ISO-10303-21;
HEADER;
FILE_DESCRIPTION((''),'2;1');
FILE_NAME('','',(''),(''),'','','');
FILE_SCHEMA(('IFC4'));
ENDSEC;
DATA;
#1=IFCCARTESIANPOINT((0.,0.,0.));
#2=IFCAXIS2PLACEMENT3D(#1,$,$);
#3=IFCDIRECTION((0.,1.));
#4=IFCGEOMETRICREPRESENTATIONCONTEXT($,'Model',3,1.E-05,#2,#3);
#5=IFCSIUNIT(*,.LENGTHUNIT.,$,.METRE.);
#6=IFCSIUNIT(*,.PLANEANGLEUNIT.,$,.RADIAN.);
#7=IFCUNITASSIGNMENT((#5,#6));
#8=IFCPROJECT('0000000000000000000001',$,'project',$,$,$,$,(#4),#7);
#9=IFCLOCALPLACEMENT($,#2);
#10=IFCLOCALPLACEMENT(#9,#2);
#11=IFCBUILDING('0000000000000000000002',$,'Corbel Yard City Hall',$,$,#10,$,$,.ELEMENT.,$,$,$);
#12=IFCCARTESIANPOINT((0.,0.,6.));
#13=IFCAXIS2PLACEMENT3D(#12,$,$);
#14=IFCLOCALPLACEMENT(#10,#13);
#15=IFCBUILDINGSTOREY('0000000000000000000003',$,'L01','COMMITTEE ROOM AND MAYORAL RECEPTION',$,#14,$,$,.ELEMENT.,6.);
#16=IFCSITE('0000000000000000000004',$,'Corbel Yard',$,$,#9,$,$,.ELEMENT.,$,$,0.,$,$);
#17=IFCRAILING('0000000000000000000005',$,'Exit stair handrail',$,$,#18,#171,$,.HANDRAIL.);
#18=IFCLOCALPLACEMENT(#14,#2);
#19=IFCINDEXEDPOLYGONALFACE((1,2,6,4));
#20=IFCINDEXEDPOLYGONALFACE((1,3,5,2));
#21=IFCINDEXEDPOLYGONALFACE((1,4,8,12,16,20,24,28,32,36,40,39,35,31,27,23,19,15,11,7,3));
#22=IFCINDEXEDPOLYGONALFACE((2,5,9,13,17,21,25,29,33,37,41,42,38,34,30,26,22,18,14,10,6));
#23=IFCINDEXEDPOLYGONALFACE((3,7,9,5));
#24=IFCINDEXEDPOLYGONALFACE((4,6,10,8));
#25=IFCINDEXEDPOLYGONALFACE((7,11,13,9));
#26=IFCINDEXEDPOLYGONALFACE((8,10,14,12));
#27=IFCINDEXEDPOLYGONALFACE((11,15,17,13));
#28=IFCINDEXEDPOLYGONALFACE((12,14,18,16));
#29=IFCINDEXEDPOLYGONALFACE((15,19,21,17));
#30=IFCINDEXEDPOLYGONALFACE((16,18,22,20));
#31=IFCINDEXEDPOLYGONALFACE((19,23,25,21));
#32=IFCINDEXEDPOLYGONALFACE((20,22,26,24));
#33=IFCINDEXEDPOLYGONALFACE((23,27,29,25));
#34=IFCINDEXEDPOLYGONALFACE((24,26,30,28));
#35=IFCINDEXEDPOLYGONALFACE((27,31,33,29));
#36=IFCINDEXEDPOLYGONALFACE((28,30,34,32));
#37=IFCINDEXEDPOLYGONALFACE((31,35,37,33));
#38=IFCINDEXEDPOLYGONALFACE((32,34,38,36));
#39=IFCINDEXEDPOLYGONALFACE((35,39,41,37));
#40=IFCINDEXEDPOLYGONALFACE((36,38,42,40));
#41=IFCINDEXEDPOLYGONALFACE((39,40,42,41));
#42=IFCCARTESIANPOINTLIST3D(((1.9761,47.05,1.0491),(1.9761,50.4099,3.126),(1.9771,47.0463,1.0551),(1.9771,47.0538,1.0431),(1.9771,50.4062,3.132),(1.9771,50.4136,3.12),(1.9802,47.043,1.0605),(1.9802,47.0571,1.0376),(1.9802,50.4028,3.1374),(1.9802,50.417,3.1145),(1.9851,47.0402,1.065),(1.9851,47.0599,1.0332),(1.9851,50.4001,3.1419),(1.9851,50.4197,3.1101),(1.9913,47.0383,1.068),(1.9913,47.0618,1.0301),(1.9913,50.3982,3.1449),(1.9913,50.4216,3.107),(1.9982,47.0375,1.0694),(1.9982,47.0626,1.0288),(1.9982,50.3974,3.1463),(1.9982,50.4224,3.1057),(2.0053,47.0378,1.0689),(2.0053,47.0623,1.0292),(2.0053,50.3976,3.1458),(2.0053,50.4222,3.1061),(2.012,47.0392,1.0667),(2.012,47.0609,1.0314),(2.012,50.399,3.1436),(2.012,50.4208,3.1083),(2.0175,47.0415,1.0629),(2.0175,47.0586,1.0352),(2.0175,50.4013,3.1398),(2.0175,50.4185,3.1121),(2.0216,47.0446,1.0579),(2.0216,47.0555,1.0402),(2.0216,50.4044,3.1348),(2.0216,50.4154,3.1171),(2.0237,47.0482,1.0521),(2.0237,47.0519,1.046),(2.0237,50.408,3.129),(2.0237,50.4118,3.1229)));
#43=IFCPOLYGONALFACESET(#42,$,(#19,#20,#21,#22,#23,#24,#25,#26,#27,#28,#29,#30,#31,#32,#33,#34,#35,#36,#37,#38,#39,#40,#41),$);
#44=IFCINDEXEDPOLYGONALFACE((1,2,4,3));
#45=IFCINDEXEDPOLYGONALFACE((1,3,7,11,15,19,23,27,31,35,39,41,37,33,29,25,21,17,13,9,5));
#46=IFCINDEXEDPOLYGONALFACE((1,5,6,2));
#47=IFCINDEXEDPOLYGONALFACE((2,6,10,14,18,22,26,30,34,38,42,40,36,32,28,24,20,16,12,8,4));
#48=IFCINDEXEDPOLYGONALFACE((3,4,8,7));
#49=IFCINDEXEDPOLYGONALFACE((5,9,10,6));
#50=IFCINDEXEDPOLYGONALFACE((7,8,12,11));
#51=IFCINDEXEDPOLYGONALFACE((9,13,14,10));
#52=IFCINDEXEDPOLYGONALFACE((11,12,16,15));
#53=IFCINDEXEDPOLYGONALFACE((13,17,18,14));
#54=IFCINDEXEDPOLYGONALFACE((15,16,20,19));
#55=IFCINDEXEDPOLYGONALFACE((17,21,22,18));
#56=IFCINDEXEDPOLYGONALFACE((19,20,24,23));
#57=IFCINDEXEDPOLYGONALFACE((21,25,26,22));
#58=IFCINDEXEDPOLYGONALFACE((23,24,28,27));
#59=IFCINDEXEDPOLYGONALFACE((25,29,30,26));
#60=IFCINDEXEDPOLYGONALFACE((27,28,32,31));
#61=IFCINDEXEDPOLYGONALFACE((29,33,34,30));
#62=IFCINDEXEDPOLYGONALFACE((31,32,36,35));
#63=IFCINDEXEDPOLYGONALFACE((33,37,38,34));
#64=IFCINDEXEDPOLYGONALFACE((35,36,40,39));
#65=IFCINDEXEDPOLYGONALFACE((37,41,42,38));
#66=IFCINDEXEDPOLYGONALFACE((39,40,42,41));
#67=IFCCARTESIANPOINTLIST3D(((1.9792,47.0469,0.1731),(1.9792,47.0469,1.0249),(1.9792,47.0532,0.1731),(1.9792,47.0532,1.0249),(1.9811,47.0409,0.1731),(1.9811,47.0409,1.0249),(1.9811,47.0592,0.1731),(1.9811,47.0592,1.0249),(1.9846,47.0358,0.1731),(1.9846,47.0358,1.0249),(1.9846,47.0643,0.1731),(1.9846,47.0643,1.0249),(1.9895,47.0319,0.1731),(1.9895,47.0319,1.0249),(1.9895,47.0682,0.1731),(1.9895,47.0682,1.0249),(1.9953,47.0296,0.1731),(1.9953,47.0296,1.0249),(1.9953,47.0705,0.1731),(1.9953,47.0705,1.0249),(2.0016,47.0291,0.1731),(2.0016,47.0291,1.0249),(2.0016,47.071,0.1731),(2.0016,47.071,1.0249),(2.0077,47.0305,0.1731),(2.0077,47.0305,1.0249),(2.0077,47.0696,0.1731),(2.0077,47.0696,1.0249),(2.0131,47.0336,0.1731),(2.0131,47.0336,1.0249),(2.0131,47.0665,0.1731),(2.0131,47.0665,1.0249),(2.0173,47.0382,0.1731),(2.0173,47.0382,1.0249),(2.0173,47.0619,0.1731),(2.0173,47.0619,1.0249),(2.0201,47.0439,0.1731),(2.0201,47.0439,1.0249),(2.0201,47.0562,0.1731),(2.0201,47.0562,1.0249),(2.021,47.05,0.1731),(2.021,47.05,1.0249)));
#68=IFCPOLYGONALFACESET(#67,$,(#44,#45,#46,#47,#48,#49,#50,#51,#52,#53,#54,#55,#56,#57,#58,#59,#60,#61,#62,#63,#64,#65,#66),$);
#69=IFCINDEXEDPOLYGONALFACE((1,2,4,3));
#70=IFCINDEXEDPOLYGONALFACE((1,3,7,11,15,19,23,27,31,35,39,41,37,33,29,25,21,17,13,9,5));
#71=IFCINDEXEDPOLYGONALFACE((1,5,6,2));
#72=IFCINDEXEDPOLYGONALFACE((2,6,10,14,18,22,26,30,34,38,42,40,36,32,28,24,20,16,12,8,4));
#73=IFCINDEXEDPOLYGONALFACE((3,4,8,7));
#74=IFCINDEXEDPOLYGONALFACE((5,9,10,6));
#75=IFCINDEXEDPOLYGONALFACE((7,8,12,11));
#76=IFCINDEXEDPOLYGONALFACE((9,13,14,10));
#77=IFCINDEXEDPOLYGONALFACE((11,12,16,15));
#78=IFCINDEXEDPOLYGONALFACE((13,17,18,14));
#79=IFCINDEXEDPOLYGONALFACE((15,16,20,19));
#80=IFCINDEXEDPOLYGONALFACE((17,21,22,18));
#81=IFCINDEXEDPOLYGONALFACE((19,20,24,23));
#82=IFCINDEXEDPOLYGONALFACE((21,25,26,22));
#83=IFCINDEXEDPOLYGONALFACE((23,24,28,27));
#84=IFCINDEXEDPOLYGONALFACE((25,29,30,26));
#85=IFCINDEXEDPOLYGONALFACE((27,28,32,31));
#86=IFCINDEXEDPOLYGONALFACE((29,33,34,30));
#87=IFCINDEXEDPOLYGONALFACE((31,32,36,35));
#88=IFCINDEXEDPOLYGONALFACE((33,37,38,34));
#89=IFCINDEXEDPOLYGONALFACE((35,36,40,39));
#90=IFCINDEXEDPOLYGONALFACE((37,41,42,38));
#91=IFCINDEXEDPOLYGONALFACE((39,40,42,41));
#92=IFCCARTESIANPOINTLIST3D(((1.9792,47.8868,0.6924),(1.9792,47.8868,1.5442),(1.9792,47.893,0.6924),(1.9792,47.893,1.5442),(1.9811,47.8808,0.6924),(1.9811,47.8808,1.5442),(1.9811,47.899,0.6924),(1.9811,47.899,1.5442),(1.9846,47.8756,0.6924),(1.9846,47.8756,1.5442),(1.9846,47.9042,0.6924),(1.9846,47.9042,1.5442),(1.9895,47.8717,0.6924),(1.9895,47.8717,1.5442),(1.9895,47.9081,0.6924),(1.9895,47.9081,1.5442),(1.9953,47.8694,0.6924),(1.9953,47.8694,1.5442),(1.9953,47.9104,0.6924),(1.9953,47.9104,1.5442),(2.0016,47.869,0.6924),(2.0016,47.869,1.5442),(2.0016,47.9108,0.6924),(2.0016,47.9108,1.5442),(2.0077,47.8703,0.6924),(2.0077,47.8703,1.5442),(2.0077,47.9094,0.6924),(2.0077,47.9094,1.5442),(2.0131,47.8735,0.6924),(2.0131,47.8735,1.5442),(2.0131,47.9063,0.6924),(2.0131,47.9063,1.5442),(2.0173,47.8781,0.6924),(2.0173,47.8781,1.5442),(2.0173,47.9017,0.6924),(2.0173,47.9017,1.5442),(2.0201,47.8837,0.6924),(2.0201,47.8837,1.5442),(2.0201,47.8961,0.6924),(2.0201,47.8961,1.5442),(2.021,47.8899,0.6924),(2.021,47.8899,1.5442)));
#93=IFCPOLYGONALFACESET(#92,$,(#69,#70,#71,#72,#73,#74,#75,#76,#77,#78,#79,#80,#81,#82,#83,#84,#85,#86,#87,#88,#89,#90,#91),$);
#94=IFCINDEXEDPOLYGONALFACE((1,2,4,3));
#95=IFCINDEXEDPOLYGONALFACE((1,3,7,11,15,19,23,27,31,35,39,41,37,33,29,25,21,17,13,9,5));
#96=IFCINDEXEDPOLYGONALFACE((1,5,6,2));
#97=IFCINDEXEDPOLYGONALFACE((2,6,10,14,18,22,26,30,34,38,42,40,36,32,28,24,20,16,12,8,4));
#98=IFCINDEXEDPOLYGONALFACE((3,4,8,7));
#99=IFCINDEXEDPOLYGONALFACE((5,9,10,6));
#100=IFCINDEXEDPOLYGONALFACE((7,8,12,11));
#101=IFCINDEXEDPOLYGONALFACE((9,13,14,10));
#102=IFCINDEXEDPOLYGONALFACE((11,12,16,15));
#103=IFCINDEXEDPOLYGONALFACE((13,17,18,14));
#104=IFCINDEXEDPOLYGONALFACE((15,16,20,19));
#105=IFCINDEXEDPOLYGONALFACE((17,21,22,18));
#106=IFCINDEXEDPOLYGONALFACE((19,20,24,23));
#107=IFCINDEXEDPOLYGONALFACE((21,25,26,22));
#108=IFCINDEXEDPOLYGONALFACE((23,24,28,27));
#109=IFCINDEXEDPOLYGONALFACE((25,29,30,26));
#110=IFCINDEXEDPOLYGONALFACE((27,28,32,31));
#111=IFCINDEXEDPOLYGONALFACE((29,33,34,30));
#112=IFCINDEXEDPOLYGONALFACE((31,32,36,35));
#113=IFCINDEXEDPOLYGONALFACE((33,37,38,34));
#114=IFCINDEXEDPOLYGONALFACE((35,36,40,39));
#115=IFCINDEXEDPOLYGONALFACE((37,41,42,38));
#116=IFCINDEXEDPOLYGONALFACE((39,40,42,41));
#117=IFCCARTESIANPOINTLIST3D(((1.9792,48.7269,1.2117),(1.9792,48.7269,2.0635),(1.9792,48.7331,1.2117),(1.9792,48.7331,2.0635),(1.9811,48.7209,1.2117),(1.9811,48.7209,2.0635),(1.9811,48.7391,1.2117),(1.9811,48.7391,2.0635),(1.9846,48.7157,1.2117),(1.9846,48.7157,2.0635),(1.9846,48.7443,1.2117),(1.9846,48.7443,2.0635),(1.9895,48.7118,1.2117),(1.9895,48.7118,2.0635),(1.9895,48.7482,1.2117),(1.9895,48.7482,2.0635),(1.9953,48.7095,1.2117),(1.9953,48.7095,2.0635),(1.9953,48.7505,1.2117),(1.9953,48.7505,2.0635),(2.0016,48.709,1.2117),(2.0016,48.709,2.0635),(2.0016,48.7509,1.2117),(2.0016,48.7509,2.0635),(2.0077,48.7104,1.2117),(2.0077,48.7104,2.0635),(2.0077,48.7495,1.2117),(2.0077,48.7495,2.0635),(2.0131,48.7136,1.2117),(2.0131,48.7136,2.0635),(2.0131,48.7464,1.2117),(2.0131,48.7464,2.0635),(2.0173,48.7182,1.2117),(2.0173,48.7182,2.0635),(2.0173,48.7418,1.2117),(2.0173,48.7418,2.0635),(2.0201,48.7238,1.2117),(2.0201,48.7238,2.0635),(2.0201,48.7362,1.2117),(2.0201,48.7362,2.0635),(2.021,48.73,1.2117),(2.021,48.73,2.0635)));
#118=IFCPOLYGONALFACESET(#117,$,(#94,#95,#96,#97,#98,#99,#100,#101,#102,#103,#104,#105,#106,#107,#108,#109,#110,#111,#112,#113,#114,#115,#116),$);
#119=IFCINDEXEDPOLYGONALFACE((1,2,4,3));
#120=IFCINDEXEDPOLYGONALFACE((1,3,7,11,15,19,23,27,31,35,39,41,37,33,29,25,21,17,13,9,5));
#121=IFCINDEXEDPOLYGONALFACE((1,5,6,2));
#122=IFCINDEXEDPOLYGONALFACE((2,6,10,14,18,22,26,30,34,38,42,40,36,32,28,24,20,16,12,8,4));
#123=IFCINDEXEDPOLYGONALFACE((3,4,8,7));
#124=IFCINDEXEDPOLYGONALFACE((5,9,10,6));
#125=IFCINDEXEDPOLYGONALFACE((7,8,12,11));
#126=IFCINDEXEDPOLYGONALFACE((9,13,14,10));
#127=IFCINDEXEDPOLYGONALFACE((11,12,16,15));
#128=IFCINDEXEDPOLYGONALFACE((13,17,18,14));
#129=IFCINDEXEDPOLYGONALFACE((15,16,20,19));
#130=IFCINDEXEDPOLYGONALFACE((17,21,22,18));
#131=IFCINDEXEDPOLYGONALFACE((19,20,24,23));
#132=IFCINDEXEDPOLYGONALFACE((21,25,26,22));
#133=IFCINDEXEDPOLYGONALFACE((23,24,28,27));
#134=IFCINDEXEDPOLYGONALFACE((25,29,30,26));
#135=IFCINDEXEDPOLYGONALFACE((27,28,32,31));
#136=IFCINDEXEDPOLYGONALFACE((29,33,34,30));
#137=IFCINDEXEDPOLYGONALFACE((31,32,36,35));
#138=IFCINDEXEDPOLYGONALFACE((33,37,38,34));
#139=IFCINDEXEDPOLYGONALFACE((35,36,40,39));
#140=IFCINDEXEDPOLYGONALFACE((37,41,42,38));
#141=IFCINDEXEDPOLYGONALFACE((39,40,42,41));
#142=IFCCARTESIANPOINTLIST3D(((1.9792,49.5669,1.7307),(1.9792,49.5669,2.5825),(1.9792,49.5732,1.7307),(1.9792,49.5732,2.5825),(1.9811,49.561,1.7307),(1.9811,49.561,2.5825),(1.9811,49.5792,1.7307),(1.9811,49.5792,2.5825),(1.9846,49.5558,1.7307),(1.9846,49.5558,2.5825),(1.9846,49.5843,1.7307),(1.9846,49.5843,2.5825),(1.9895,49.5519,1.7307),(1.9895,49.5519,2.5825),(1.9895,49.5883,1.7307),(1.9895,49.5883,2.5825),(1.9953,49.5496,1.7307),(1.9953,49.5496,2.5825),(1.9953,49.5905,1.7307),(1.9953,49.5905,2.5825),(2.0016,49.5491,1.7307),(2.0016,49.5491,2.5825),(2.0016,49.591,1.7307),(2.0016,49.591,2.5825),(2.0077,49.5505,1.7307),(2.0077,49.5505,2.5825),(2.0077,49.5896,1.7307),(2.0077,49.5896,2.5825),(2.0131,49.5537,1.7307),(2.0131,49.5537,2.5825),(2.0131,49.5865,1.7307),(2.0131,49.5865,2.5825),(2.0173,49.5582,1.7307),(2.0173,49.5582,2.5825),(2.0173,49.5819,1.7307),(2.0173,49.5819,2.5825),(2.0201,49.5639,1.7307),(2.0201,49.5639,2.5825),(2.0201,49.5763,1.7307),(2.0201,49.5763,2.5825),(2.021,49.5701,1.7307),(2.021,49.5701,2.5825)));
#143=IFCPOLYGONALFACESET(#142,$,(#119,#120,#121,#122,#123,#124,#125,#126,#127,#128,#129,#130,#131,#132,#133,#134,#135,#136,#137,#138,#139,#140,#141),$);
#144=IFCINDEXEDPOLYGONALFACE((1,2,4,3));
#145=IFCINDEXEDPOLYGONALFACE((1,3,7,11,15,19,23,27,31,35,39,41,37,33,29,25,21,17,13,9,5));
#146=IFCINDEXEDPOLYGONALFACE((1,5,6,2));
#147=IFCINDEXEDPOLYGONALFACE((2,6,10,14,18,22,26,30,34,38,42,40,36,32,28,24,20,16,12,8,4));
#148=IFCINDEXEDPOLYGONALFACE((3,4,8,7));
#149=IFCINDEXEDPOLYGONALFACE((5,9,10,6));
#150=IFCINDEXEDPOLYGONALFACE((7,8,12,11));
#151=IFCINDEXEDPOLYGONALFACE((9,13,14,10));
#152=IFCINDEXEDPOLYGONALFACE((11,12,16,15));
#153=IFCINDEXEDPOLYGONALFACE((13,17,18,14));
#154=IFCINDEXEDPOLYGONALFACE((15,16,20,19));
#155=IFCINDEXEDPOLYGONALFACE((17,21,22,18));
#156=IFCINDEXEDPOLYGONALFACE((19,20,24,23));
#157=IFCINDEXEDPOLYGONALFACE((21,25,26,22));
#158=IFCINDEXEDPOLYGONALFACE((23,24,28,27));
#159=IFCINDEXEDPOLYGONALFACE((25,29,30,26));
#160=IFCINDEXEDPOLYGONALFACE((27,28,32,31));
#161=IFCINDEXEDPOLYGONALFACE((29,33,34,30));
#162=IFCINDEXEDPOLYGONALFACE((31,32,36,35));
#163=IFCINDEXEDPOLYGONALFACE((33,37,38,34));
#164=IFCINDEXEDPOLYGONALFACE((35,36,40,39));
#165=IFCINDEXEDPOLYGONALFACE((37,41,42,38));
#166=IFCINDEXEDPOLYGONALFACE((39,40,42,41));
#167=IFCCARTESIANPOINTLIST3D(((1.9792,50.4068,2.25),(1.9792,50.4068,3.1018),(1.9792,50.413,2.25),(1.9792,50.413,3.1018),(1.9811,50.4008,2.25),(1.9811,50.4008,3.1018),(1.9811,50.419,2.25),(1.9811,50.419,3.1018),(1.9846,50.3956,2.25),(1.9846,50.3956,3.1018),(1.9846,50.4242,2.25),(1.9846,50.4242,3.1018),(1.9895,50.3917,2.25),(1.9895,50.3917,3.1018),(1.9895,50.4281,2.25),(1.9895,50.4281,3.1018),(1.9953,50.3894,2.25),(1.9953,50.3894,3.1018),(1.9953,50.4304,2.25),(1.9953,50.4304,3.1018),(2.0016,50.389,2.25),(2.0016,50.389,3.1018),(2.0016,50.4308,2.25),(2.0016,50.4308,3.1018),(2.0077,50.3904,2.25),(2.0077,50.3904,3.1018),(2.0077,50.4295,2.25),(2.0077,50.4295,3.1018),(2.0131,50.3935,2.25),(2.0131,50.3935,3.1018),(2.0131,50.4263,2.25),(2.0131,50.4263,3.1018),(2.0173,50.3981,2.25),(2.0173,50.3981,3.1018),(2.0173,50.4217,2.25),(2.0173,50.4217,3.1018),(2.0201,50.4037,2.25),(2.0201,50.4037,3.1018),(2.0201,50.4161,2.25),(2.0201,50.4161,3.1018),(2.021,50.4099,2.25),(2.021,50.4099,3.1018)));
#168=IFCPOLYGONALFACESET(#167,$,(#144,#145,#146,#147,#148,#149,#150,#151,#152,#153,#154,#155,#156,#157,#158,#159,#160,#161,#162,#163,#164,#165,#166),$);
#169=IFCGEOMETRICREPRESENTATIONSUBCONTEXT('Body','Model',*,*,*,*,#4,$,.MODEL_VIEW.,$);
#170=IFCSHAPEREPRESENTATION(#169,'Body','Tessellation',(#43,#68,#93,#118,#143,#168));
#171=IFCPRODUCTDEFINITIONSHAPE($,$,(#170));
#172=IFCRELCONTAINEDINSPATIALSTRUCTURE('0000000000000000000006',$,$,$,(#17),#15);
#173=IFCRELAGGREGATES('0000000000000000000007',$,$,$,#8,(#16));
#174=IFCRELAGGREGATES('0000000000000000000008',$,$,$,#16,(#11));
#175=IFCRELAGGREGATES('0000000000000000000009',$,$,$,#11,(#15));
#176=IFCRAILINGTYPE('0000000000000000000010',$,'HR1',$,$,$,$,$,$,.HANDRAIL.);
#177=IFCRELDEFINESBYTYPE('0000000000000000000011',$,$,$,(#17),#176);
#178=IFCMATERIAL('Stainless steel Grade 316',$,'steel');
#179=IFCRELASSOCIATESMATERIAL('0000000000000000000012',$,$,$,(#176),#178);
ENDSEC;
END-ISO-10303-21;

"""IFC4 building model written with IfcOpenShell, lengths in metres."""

from ifc_helpers import new_model, si_unit, direction, frame, origin, origin_2d, place, context, subcontext, project, spatial, circle, extrude, material, type_object, element, save


model = new_model("IFC4")

# Units and contexts
model_context = context("Model", 3, precision=1e-05, world=origin(), true_north=direction((0.0, 1.0)))
body_context = subcontext(model_context, "Body", "Model", "MODEL_VIEW")
ifc_project = project(units=[si_unit("LENGTHUNIT", "METRE"), si_unit("PLANEANGLEUNIT", "RADIAN")], contexts=[model_context])

# Site, building, storey
site_placement = place(None, origin())
site = spatial("IfcSite", under=ifc_project, at=site_placement, Name="Corbel Yard", CompositionType="ELEMENT", RefElevation=0.0)
building_placement = place(site_placement, origin())
building = spatial("IfcBuilding", under=site, at=building_placement, Name="Corbel Yard City Hall", CompositionType="ELEMENT")
storey_placement = place(building_placement, frame((0.0, 0.0, 6.0)))
storey = spatial("IfcBuildingStorey", under=building, at=storey_placement, Name="L01", Description="COMMITTEE ROOM AND MAYORAL RECEPTION", CompositionType="ELEMENT", Elevation=6.0)

# Shared definitions
ifc_material_1 = material(Name="Stainless steel Grade 316", Category="steel")

# Railing
railing_type_1 = type_object("IfcRailingType", Name="HR1", PredefinedType="HANDRAIL", material=ifc_material_1)
for number, where, name in (
    (1, (2.0, 47.05, 0.1731), "Exit stair handrail"),
):
    element("IfcRailing", number, at=place(storey_placement, frame(where)), inside=storey, type_object=railing_type_1, Name=name, PredefinedType="HANDRAIL", context=body_context, shape_type="SweptSolid", body=[
        extrude(circle(Radius=0.0239, at=origin_2d()), frame((0.0, 0.0, 0.876), z_axis=(0.0, 0.850606, 0.525803), x_axis=(-1.0, 0.0, 0.0)), (0.0, 0.0, 1.0), 3.95),
        extrude(circle(Radius=0.021, at=origin_2d()), origin(), (0.0, 0.0, 1.0), 0.8518),
        extrude(circle(Radius=0.021, at=origin_2d()), frame((0.0, 0.8398, 0.5193)), (0.0, 0.0, 1.0), 0.8518),
        extrude(circle(Radius=0.021, at=origin_2d()), frame((0.0, 1.6799, 1.0386)), (0.0, 0.0, 1.0), 0.8518),
        extrude(circle(Radius=0.021, at=origin_2d()), frame((0.0, 2.52, 1.5576)), (0.0, 0.0, 1.0), 0.8518),
        extrude(circle(Radius=0.021, at=origin_2d()), frame((0.0, 3.3599, 2.0769)), (0.0, 0.0, 1.0), 0.8518),
    ])

save(model, "model.ifc")
